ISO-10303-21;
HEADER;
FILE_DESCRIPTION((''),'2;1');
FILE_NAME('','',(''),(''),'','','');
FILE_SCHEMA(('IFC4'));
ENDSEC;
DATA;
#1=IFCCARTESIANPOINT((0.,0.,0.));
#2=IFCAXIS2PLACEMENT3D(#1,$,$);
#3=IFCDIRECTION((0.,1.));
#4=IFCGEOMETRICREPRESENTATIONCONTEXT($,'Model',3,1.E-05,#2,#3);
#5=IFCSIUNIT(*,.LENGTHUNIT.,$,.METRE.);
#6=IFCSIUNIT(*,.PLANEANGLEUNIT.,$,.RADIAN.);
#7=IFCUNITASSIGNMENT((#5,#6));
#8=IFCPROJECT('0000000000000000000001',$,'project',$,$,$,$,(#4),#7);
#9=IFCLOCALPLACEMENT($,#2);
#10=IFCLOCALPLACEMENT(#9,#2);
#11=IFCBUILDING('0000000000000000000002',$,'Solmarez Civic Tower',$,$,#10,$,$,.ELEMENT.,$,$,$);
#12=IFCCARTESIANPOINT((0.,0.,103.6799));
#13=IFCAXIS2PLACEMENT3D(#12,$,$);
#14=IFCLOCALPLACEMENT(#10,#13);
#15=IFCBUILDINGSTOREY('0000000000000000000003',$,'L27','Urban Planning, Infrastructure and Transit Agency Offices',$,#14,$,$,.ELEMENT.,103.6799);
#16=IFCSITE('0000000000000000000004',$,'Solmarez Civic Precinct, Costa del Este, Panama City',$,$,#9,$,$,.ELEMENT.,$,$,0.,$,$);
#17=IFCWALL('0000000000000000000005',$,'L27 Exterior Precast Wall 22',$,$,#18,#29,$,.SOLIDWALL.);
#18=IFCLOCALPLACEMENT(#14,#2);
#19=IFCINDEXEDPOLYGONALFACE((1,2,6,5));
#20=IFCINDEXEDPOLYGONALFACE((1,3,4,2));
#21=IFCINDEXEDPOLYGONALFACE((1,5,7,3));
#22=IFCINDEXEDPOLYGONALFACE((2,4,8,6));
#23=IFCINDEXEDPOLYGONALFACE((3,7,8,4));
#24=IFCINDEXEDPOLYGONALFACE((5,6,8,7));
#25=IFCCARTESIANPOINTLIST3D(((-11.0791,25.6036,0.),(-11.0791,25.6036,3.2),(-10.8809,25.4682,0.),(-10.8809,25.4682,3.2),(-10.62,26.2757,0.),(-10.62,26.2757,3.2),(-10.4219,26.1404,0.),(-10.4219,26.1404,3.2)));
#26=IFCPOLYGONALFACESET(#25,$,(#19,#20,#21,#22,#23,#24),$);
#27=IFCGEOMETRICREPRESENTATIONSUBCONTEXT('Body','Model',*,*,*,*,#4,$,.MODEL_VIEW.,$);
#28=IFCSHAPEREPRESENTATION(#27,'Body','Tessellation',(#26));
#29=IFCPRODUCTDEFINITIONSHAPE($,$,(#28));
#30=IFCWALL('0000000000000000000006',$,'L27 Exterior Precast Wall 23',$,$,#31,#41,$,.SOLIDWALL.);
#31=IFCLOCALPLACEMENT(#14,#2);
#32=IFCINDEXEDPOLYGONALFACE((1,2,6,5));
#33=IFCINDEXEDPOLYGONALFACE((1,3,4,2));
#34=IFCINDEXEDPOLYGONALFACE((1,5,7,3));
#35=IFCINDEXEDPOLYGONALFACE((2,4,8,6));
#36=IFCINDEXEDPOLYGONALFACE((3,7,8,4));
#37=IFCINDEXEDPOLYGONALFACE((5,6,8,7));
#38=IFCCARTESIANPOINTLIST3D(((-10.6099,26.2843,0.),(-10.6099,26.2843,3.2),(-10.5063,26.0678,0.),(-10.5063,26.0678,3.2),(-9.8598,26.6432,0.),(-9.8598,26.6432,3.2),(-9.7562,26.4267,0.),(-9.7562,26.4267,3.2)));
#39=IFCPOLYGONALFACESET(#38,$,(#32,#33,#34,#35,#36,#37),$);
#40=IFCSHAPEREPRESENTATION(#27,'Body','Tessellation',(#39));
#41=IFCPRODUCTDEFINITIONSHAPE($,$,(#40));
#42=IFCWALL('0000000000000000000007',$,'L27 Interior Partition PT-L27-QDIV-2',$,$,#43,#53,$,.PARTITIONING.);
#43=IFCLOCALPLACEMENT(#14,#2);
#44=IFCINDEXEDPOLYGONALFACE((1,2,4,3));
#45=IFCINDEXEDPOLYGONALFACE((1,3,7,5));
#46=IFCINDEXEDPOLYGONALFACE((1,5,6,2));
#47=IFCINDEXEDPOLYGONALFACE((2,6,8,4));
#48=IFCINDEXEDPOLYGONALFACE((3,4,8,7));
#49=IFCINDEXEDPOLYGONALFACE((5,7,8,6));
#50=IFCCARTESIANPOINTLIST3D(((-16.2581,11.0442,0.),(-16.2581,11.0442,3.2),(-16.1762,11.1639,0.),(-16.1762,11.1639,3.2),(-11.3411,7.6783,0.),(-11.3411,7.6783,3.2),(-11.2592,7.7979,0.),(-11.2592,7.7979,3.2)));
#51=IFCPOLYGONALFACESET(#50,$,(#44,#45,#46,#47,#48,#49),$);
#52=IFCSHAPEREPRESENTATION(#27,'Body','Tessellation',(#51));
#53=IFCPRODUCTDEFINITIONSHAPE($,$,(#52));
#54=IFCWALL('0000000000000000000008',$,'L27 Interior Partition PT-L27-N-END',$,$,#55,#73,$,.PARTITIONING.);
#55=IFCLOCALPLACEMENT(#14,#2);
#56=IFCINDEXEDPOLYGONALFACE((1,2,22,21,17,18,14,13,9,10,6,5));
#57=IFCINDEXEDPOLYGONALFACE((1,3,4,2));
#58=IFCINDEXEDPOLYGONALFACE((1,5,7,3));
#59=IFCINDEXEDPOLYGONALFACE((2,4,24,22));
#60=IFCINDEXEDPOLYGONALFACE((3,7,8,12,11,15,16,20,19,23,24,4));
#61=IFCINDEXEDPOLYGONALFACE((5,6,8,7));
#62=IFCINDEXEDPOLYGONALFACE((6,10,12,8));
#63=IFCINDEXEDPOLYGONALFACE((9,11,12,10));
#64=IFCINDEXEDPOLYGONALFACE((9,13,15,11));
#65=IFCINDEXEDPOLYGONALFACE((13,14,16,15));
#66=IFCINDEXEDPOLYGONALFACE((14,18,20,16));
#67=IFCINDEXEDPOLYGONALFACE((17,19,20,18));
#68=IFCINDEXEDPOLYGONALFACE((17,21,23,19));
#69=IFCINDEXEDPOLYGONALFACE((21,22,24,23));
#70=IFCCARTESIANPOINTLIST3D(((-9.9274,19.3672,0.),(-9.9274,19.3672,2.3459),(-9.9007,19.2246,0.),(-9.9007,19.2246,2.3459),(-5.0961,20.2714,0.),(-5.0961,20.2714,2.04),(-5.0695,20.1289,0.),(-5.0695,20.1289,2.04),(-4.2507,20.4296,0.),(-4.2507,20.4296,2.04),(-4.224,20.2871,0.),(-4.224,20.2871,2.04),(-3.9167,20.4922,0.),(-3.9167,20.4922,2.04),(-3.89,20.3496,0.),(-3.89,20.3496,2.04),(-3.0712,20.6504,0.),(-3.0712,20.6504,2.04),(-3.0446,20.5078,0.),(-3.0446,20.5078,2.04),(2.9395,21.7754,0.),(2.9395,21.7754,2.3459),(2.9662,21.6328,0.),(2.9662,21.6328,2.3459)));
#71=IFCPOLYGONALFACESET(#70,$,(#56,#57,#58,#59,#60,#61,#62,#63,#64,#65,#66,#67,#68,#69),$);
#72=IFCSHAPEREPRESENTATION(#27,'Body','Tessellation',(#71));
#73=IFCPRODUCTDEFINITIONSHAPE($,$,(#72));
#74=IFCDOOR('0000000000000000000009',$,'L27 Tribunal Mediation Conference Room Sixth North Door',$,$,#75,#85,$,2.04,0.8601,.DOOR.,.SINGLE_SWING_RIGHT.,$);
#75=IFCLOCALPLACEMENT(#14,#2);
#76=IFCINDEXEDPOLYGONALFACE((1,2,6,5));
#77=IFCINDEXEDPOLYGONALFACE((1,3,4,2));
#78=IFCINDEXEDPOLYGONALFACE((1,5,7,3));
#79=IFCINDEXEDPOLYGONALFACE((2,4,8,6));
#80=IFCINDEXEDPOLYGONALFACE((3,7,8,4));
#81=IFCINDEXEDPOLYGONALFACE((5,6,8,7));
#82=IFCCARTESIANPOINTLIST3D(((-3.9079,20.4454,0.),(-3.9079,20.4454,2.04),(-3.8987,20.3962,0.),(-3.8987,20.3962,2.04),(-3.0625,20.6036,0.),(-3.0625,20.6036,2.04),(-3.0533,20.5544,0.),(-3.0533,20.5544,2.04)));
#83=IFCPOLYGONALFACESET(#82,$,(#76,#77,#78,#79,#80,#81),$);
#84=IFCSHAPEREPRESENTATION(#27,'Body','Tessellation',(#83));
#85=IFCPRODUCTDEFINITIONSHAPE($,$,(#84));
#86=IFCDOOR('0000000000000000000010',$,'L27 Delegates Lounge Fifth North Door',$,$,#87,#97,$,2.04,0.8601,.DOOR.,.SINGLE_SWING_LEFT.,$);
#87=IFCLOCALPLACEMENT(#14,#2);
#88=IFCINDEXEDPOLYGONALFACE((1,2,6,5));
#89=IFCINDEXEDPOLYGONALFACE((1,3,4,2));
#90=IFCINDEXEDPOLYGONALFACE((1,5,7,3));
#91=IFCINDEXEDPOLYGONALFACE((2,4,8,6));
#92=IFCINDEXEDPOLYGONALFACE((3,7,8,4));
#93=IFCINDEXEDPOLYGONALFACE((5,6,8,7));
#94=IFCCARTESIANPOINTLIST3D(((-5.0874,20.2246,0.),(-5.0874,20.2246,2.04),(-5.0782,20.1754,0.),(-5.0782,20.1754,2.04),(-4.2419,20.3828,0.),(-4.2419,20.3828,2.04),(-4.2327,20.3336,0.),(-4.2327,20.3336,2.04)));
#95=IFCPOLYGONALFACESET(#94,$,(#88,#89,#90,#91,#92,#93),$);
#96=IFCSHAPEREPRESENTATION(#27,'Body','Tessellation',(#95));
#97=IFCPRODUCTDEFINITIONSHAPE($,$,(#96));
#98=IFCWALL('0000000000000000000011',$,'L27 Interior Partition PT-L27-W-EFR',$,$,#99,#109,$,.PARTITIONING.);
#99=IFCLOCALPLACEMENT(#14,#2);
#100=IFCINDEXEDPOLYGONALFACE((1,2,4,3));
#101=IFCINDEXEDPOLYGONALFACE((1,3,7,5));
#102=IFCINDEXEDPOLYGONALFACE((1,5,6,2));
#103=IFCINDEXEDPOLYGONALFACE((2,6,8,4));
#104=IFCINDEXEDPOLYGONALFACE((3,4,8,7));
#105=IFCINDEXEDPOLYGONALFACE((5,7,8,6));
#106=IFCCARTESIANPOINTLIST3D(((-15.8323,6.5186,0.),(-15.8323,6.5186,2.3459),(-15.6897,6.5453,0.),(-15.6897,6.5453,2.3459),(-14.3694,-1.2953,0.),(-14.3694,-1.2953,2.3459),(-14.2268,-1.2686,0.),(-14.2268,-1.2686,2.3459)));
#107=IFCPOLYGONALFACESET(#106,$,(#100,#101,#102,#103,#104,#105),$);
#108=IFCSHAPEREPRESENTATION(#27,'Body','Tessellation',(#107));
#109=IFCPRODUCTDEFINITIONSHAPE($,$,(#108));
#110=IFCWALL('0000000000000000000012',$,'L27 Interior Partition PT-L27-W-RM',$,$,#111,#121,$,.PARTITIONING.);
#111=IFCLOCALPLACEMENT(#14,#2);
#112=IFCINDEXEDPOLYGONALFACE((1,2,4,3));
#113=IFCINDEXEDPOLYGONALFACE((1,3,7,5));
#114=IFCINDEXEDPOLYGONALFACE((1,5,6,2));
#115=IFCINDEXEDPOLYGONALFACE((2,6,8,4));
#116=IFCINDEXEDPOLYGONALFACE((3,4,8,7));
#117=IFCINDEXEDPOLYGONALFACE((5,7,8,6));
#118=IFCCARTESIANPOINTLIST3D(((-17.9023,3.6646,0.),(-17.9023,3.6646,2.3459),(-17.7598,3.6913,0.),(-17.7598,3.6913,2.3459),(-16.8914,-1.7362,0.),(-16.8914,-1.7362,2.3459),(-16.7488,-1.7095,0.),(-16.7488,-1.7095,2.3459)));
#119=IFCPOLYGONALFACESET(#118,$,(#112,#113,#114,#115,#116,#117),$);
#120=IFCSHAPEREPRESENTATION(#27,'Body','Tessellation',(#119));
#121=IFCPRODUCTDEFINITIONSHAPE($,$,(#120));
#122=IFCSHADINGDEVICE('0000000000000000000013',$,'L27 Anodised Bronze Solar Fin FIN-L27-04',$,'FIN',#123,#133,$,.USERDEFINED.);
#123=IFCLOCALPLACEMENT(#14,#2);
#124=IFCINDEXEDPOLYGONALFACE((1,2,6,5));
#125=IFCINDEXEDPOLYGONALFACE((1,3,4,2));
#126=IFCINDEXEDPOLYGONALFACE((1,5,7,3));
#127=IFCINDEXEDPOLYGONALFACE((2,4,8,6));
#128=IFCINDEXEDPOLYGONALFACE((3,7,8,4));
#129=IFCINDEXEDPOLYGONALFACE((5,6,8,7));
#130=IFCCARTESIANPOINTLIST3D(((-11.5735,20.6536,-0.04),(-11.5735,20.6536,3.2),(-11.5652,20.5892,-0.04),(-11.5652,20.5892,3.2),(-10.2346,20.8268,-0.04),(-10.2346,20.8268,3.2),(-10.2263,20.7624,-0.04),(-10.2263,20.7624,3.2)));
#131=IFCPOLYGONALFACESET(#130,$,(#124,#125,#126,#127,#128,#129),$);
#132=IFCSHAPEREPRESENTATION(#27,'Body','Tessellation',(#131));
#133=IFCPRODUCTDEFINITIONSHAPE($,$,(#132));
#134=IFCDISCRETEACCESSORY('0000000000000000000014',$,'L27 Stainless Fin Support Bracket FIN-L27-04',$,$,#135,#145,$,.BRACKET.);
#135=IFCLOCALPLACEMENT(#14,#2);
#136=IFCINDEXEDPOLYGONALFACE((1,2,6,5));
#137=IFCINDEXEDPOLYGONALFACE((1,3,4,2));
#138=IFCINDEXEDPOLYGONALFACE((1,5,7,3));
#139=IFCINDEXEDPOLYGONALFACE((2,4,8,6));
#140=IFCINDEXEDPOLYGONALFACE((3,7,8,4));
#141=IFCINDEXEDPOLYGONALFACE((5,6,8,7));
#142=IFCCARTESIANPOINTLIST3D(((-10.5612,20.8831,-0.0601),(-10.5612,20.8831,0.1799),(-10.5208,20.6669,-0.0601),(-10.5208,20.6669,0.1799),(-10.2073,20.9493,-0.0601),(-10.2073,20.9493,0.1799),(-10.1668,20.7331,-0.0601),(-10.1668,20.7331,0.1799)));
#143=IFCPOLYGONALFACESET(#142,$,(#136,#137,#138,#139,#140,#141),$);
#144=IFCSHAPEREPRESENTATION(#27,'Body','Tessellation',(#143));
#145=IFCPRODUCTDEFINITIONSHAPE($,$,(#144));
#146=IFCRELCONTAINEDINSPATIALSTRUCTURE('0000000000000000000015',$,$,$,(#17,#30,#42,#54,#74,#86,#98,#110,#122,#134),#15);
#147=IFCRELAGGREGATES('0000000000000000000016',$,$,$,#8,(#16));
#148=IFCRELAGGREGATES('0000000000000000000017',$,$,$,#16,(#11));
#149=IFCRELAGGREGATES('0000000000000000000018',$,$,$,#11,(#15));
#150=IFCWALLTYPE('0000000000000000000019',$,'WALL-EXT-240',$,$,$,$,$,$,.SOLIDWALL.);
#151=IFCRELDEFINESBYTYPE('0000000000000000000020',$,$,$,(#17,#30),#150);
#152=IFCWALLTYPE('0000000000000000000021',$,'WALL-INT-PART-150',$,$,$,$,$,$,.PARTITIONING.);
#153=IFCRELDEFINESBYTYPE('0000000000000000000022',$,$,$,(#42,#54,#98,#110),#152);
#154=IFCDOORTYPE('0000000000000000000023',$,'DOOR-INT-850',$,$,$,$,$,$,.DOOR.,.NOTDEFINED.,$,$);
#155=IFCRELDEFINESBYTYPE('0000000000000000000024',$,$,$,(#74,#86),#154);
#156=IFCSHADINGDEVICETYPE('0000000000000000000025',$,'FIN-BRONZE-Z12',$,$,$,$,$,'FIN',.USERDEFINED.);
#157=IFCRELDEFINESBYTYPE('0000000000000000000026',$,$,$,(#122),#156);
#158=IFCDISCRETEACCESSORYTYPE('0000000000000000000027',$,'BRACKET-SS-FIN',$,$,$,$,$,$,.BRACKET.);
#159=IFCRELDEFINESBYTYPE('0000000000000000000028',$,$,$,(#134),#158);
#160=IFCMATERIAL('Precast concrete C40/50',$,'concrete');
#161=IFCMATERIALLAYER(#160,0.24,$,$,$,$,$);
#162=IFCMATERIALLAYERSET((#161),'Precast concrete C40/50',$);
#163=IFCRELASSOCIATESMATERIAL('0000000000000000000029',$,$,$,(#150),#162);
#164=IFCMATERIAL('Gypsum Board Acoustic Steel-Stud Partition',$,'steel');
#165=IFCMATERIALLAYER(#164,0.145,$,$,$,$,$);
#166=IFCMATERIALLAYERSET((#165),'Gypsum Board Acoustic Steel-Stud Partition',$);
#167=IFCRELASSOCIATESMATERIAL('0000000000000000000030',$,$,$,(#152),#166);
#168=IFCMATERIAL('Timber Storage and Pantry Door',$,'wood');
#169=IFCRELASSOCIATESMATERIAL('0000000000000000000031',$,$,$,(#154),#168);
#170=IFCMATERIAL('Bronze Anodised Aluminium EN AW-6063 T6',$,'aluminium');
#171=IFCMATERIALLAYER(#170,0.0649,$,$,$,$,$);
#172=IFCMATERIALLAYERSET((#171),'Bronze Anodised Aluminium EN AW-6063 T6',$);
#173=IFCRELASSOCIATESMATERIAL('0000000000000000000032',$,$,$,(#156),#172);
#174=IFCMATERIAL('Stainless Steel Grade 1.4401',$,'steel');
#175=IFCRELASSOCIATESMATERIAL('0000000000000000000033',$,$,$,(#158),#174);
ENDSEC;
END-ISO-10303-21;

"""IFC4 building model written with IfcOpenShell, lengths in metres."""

from ifc_helpers import new_model, si_unit, direction, frame, frame_2d, origin, origin_2d, place, context, subcontext, project, spatial, rectangle, extrude, material, layer, layer_set, type_object, element, fill, save


model = new_model("IFC4")

# Units and contexts
model_context = context("Model", 3, precision=1e-05, world=origin(), true_north=direction((0.0, 1.0)))
body_context = subcontext(model_context, "Body", "Model", "MODEL_VIEW")
ifc_project = project(units=[si_unit("LENGTHUNIT", "METRE"), si_unit("PLANEANGLEUNIT", "RADIAN")], contexts=[model_context])

# Site, building, storey
site_placement = place(None, origin())
site = spatial("IfcSite", under=ifc_project, at=site_placement, Name="Solmarez Civic Precinct, Costa del Este, Panama City", CompositionType="ELEMENT", RefElevation=0.0)
building_placement = place(site_placement, origin())
building = spatial("IfcBuilding", under=site, at=building_placement, Name="Solmarez Civic Tower", CompositionType="ELEMENT")
storey_placement = place(building_placement, frame((0.0, 0.0, 103.6799)))
storey = spatial("IfcBuildingStorey", under=building, at=storey_placement, Name="L27", Description="Urban Planning, Infrastructure and Transit Agency Offices", CompositionType="ELEMENT", Elevation=103.6799)

# Shared definitions
ifc_material_1 = material(Name="Bronze Anodised Aluminium EN AW-6063 T6", Category="aluminium")

# Walls
ifc_material_2 = material(Name="Precast concrete C40/50", Category="concrete")
ifc_layer_1 = layer(ifc_material_2, 0.24)
ifc_layer_set_1 = layer_set([ifc_layer_1], Name="Precast concrete C40/50")
wall_type_1 = type_object("IfcWallType", Name="WALL-EXT-240", PredefinedType="SOLIDWALL", material=ifc_layer_set_1)
wall_1_placement = place(storey_placement, frame((-10.98, 25.5359, 0.0), z_axis=(0.0, 0.0, 1.0), x_axis=(0.563942, 0.825815, 0.0)))
element("IfcWall", 1, at=wall_1_placement, inside=storey, type_object=wall_type_1, Name="L27 Exterior Precast Wall 22", PredefinedType="SOLIDWALL", context=body_context, shape_type="SweptSolid", body=[
    extrude(rectangle(XDim=0.814, YDim=0.24, at=frame_2d((0.407, 0.0))), origin(), (0.0, 0.0, 1.0), 3.2),
])
wall_2_placement = place(storey_placement, frame((-10.5581, 26.176, 0.0), z_axis=(0.0, 0.0, 1.0), x_axis=(0.902045, 0.431643, 0.0)))
element("IfcWall", 2, at=wall_2_placement, inside=storey, type_object=wall_type_1, Name="L27 Exterior Precast Wall 23", PredefinedType="SOLIDWALL", context=body_context, shape_type="SweptSolid", body=[
    extrude(rectangle(XDim=0.8315, YDim=0.24, at=frame_2d((0.4158, 0.0))), origin(), (0.0, 0.0, 1.0), 3.2),
])
ifc_material_3 = material(Name="Gypsum Board Acoustic Steel-Stud Partition", Category="steel")
ifc_layer_2 = layer(ifc_material_3, 0.145)
ifc_layer_set_2 = layer_set([ifc_layer_2], Name="Gypsum Board Acoustic Steel-Stud Partition")
wall_type_2 = type_object("IfcWallType", Name="WALL-INT-PART-150", PredefinedType="PARTITIONING", material=ifc_layer_set_2)
wall_3_placement = place(storey_placement, frame((-11.3, 7.738, 0.0), z_axis=(0.0, 0.0, 1.0), x_axis=(-0.825174, 0.564879, 0.0)))
element("IfcWall", 3, at=wall_3_placement, inside=storey, type_object=wall_type_2, Name="L27 Interior Partition PT-L27-QDIV-2", PredefinedType="PARTITIONING", context=body_context, shape_type="SweptSolid", body=[
    extrude(rectangle(XDim=5.9587, YDim=0.145, at=frame_2d((2.9795, 0.0))), origin(), (0.0, 0.0, 1.0), 3.2),
])

# Wall, openings, doors
wall_4_placement = place(storey_placement, frame((-9.9141, 19.2959, 0.0), z_axis=(0.0, 0.0, 1.0), x_axis=(0.982932, 0.183968, 0.0)))
wall_4 = element("IfcWall", 4, at=wall_4_placement, inside=storey, type_object=wall_type_2, Name="L27 Interior Partition PT-L27-N-END", PredefinedType="PARTITIONING", context=body_context, shape_type="SweptSolid", body=[
    extrude(rectangle(XDim=13.0903, YDim=0.145, at=frame_2d((6.5452, 0.0))), origin(), (0.0, 0.0, 1.0), 2.3459),
])
opening_1_placement = place(wall_4_placement, frame((6.115, 0.0, 0.0)))
opening_1 = element("IfcOpeningElement", 5, at=opening_1_placement, cuts=wall_4, PredefinedType="OPENING", context=body_context, shape_type="SweptSolid", body=[
    extrude(rectangle(XDim=0.8601, YDim=2.04, at=frame_2d((0.4302, 1.02))), frame((0.0, 0.0825, 0.0), z_axis=(0.0, -1.0, 0.0), x_axis=(1.0, 0.0, 0.0)), (0.0, 0.0, 1.0), 0.165),
])
opening_2_placement = place(wall_4_placement, frame((4.915, 0.0, 0.0)))
opening_2 = element("IfcOpeningElement", 6, at=opening_2_placement, cuts=wall_4, PredefinedType="OPENING", context=body_context, shape_type="SweptSolid", body=[
    extrude(rectangle(XDim=0.8601, YDim=2.04, at=frame_2d((0.4302, 1.02))), frame((0.0, 0.0825, 0.0), z_axis=(0.0, -1.0, 0.0), x_axis=(1.0, 0.0, 0.0)), (0.0, 0.0, 1.0), 0.165),
])
ifc_material_4 = material(Name="Timber Storage and Pantry Door", Category="wood")
door_type = type_object("IfcDoorType", Name="DOOR-INT-850", OperationType="NOTDEFINED", PredefinedType="DOOR", material=ifc_material_4)
door_1_placement = place(opening_1_placement, origin())
door_1 = element("IfcDoor", 7, at=door_1_placement, inside=storey, type_object=door_type, Name="L27 Tribunal Mediation Conference Room Sixth North Door", OperationType="SINGLE_SWING_RIGHT", OverallHeight=2.04, OverallWidth=0.8601, PredefinedType="DOOR", context=body_context, shape_type="SweptSolid", body=[
    extrude(rectangle(XDim=0.8601, YDim=2.04, at=frame_2d((0.4302, 1.02))), frame((0.0, 0.0249, 0.0), z_axis=(0.0, -1.0, 0.0), x_axis=(1.0, 0.0, 0.0)), (0.0, 0.0, 1.0), 0.05),
])
fill(opening_1, door_1)
door_2_placement = place(opening_2_placement, origin())
door_2 = element("IfcDoor", 8, at=door_2_placement, inside=storey, type_object=door_type, Name="L27 Delegates Lounge Fifth North Door", OperationType="SINGLE_SWING_LEFT", OverallHeight=2.04, OverallWidth=0.8601, PredefinedType="DOOR", context=body_context, shape_type="SweptSolid", body=[
    extrude(rectangle(XDim=0.8601, YDim=2.04, at=frame_2d((0.4302, 1.02))), frame((0.0, 0.0249, 0.0), z_axis=(0.0, -1.0, 0.0), x_axis=(1.0, 0.0, 0.0)), (0.0, 0.0, 1.0), 0.05),
])
fill(opening_2, door_2)

# Walls
wall_5_placement = place(storey_placement, frame((-15.761, 6.532, 0.0), z_axis=(0.0, 0.0, 1.0), x_axis=(0.184018, -0.982923, 0.0)))
element("IfcWall", 9, at=wall_5_placement, inside=storey, type_object=wall_type_2, Name="L27 Interior Partition PT-L27-W-EFR", PredefinedType="PARTITIONING", context=body_context, shape_type="SweptSolid", body=[
    extrude(rectangle(XDim=7.9497, YDim=0.145, at=frame_2d((3.9749, 0.0))), origin(), (0.0, 0.0, 1.0), 2.3459),
])
wall_6_placement = place(storey_placement, frame((-17.8311, 3.678, 0.0), z_axis=(0.0, 0.0, 1.0), x_axis=(0.183993, -0.982927, 0.0)))
element("IfcWall", 10, at=wall_6_placement, inside=storey, type_object=wall_type_2, Name="L27 Interior Partition PT-L27-W-RM", PredefinedType="PARTITIONING", context=body_context, shape_type="SweptSolid", body=[
    extrude(rectangle(XDim=5.4946, YDim=0.145, at=frame_2d((2.7473, 0.0))), origin(), (0.0, 0.0, 1.0), 2.3459),
])

# Shading device
ifc_layer_3 = layer(ifc_material_1, 0.0649)
ifc_layer_set_3 = layer_set([ifc_layer_3], Name="Bronze Anodised Aluminium EN AW-6063 T6")
shading_device_type = type_object("IfcShadingDeviceType", Name="FIN-BRONZE-Z12", ElementType="FIN", PredefinedType="USERDEFINED", material=ifc_layer_set_3)
shading_device_placement = place(storey_placement, frame((-10.8999, 20.708, -0.04), z_axis=(0.0, 0.0, 1.0), x_axis=(-0.991732, -0.128328, 0.0)))
element("IfcShadingDevice", 11, at=shading_device_placement, inside=storey, type_object=shading_device_type, Name="L27 Anodised Bronze Solar Fin FIN-L27-04", ObjectType="FIN", PredefinedType="USERDEFINED", context=body_context, shape_type="SweptSolid", body=[
    extrude(rectangle(XDim=1.3501, YDim=0.0649, at=origin_2d()), origin(), (0.0, 0.0, 1.0), 3.24),
])

# Discrete accessory
ifc_material_5 = material(Name="Stainless Steel Grade 1.4401", Category="steel")
discrete_accessory_type = type_object("IfcDiscreteAccessoryType", Name="BRACKET-SS-FIN", PredefinedType="BRACKET", material=ifc_material_5)
discrete_accessory_placement = place(storey_placement, frame((-10.364, 20.8081, -0.0601), z_axis=(0.0, 0.0, 1.0), x_axis=(-0.982935, -0.183955, 0.0)))
element("IfcDiscreteAccessory", 12, at=discrete_accessory_placement, inside=storey, type_object=discrete_accessory_type, Name="L27 Stainless Fin Support Bracket FIN-L27-04", PredefinedType="BRACKET", context=body_context, shape_type="SweptSolid", body=[
    extrude(rectangle(XDim=0.3601, YDim=0.22, at=origin_2d()), origin(), (0.0, 0.0, 1.0), 0.24),
])

save(model, "model.ifc")
